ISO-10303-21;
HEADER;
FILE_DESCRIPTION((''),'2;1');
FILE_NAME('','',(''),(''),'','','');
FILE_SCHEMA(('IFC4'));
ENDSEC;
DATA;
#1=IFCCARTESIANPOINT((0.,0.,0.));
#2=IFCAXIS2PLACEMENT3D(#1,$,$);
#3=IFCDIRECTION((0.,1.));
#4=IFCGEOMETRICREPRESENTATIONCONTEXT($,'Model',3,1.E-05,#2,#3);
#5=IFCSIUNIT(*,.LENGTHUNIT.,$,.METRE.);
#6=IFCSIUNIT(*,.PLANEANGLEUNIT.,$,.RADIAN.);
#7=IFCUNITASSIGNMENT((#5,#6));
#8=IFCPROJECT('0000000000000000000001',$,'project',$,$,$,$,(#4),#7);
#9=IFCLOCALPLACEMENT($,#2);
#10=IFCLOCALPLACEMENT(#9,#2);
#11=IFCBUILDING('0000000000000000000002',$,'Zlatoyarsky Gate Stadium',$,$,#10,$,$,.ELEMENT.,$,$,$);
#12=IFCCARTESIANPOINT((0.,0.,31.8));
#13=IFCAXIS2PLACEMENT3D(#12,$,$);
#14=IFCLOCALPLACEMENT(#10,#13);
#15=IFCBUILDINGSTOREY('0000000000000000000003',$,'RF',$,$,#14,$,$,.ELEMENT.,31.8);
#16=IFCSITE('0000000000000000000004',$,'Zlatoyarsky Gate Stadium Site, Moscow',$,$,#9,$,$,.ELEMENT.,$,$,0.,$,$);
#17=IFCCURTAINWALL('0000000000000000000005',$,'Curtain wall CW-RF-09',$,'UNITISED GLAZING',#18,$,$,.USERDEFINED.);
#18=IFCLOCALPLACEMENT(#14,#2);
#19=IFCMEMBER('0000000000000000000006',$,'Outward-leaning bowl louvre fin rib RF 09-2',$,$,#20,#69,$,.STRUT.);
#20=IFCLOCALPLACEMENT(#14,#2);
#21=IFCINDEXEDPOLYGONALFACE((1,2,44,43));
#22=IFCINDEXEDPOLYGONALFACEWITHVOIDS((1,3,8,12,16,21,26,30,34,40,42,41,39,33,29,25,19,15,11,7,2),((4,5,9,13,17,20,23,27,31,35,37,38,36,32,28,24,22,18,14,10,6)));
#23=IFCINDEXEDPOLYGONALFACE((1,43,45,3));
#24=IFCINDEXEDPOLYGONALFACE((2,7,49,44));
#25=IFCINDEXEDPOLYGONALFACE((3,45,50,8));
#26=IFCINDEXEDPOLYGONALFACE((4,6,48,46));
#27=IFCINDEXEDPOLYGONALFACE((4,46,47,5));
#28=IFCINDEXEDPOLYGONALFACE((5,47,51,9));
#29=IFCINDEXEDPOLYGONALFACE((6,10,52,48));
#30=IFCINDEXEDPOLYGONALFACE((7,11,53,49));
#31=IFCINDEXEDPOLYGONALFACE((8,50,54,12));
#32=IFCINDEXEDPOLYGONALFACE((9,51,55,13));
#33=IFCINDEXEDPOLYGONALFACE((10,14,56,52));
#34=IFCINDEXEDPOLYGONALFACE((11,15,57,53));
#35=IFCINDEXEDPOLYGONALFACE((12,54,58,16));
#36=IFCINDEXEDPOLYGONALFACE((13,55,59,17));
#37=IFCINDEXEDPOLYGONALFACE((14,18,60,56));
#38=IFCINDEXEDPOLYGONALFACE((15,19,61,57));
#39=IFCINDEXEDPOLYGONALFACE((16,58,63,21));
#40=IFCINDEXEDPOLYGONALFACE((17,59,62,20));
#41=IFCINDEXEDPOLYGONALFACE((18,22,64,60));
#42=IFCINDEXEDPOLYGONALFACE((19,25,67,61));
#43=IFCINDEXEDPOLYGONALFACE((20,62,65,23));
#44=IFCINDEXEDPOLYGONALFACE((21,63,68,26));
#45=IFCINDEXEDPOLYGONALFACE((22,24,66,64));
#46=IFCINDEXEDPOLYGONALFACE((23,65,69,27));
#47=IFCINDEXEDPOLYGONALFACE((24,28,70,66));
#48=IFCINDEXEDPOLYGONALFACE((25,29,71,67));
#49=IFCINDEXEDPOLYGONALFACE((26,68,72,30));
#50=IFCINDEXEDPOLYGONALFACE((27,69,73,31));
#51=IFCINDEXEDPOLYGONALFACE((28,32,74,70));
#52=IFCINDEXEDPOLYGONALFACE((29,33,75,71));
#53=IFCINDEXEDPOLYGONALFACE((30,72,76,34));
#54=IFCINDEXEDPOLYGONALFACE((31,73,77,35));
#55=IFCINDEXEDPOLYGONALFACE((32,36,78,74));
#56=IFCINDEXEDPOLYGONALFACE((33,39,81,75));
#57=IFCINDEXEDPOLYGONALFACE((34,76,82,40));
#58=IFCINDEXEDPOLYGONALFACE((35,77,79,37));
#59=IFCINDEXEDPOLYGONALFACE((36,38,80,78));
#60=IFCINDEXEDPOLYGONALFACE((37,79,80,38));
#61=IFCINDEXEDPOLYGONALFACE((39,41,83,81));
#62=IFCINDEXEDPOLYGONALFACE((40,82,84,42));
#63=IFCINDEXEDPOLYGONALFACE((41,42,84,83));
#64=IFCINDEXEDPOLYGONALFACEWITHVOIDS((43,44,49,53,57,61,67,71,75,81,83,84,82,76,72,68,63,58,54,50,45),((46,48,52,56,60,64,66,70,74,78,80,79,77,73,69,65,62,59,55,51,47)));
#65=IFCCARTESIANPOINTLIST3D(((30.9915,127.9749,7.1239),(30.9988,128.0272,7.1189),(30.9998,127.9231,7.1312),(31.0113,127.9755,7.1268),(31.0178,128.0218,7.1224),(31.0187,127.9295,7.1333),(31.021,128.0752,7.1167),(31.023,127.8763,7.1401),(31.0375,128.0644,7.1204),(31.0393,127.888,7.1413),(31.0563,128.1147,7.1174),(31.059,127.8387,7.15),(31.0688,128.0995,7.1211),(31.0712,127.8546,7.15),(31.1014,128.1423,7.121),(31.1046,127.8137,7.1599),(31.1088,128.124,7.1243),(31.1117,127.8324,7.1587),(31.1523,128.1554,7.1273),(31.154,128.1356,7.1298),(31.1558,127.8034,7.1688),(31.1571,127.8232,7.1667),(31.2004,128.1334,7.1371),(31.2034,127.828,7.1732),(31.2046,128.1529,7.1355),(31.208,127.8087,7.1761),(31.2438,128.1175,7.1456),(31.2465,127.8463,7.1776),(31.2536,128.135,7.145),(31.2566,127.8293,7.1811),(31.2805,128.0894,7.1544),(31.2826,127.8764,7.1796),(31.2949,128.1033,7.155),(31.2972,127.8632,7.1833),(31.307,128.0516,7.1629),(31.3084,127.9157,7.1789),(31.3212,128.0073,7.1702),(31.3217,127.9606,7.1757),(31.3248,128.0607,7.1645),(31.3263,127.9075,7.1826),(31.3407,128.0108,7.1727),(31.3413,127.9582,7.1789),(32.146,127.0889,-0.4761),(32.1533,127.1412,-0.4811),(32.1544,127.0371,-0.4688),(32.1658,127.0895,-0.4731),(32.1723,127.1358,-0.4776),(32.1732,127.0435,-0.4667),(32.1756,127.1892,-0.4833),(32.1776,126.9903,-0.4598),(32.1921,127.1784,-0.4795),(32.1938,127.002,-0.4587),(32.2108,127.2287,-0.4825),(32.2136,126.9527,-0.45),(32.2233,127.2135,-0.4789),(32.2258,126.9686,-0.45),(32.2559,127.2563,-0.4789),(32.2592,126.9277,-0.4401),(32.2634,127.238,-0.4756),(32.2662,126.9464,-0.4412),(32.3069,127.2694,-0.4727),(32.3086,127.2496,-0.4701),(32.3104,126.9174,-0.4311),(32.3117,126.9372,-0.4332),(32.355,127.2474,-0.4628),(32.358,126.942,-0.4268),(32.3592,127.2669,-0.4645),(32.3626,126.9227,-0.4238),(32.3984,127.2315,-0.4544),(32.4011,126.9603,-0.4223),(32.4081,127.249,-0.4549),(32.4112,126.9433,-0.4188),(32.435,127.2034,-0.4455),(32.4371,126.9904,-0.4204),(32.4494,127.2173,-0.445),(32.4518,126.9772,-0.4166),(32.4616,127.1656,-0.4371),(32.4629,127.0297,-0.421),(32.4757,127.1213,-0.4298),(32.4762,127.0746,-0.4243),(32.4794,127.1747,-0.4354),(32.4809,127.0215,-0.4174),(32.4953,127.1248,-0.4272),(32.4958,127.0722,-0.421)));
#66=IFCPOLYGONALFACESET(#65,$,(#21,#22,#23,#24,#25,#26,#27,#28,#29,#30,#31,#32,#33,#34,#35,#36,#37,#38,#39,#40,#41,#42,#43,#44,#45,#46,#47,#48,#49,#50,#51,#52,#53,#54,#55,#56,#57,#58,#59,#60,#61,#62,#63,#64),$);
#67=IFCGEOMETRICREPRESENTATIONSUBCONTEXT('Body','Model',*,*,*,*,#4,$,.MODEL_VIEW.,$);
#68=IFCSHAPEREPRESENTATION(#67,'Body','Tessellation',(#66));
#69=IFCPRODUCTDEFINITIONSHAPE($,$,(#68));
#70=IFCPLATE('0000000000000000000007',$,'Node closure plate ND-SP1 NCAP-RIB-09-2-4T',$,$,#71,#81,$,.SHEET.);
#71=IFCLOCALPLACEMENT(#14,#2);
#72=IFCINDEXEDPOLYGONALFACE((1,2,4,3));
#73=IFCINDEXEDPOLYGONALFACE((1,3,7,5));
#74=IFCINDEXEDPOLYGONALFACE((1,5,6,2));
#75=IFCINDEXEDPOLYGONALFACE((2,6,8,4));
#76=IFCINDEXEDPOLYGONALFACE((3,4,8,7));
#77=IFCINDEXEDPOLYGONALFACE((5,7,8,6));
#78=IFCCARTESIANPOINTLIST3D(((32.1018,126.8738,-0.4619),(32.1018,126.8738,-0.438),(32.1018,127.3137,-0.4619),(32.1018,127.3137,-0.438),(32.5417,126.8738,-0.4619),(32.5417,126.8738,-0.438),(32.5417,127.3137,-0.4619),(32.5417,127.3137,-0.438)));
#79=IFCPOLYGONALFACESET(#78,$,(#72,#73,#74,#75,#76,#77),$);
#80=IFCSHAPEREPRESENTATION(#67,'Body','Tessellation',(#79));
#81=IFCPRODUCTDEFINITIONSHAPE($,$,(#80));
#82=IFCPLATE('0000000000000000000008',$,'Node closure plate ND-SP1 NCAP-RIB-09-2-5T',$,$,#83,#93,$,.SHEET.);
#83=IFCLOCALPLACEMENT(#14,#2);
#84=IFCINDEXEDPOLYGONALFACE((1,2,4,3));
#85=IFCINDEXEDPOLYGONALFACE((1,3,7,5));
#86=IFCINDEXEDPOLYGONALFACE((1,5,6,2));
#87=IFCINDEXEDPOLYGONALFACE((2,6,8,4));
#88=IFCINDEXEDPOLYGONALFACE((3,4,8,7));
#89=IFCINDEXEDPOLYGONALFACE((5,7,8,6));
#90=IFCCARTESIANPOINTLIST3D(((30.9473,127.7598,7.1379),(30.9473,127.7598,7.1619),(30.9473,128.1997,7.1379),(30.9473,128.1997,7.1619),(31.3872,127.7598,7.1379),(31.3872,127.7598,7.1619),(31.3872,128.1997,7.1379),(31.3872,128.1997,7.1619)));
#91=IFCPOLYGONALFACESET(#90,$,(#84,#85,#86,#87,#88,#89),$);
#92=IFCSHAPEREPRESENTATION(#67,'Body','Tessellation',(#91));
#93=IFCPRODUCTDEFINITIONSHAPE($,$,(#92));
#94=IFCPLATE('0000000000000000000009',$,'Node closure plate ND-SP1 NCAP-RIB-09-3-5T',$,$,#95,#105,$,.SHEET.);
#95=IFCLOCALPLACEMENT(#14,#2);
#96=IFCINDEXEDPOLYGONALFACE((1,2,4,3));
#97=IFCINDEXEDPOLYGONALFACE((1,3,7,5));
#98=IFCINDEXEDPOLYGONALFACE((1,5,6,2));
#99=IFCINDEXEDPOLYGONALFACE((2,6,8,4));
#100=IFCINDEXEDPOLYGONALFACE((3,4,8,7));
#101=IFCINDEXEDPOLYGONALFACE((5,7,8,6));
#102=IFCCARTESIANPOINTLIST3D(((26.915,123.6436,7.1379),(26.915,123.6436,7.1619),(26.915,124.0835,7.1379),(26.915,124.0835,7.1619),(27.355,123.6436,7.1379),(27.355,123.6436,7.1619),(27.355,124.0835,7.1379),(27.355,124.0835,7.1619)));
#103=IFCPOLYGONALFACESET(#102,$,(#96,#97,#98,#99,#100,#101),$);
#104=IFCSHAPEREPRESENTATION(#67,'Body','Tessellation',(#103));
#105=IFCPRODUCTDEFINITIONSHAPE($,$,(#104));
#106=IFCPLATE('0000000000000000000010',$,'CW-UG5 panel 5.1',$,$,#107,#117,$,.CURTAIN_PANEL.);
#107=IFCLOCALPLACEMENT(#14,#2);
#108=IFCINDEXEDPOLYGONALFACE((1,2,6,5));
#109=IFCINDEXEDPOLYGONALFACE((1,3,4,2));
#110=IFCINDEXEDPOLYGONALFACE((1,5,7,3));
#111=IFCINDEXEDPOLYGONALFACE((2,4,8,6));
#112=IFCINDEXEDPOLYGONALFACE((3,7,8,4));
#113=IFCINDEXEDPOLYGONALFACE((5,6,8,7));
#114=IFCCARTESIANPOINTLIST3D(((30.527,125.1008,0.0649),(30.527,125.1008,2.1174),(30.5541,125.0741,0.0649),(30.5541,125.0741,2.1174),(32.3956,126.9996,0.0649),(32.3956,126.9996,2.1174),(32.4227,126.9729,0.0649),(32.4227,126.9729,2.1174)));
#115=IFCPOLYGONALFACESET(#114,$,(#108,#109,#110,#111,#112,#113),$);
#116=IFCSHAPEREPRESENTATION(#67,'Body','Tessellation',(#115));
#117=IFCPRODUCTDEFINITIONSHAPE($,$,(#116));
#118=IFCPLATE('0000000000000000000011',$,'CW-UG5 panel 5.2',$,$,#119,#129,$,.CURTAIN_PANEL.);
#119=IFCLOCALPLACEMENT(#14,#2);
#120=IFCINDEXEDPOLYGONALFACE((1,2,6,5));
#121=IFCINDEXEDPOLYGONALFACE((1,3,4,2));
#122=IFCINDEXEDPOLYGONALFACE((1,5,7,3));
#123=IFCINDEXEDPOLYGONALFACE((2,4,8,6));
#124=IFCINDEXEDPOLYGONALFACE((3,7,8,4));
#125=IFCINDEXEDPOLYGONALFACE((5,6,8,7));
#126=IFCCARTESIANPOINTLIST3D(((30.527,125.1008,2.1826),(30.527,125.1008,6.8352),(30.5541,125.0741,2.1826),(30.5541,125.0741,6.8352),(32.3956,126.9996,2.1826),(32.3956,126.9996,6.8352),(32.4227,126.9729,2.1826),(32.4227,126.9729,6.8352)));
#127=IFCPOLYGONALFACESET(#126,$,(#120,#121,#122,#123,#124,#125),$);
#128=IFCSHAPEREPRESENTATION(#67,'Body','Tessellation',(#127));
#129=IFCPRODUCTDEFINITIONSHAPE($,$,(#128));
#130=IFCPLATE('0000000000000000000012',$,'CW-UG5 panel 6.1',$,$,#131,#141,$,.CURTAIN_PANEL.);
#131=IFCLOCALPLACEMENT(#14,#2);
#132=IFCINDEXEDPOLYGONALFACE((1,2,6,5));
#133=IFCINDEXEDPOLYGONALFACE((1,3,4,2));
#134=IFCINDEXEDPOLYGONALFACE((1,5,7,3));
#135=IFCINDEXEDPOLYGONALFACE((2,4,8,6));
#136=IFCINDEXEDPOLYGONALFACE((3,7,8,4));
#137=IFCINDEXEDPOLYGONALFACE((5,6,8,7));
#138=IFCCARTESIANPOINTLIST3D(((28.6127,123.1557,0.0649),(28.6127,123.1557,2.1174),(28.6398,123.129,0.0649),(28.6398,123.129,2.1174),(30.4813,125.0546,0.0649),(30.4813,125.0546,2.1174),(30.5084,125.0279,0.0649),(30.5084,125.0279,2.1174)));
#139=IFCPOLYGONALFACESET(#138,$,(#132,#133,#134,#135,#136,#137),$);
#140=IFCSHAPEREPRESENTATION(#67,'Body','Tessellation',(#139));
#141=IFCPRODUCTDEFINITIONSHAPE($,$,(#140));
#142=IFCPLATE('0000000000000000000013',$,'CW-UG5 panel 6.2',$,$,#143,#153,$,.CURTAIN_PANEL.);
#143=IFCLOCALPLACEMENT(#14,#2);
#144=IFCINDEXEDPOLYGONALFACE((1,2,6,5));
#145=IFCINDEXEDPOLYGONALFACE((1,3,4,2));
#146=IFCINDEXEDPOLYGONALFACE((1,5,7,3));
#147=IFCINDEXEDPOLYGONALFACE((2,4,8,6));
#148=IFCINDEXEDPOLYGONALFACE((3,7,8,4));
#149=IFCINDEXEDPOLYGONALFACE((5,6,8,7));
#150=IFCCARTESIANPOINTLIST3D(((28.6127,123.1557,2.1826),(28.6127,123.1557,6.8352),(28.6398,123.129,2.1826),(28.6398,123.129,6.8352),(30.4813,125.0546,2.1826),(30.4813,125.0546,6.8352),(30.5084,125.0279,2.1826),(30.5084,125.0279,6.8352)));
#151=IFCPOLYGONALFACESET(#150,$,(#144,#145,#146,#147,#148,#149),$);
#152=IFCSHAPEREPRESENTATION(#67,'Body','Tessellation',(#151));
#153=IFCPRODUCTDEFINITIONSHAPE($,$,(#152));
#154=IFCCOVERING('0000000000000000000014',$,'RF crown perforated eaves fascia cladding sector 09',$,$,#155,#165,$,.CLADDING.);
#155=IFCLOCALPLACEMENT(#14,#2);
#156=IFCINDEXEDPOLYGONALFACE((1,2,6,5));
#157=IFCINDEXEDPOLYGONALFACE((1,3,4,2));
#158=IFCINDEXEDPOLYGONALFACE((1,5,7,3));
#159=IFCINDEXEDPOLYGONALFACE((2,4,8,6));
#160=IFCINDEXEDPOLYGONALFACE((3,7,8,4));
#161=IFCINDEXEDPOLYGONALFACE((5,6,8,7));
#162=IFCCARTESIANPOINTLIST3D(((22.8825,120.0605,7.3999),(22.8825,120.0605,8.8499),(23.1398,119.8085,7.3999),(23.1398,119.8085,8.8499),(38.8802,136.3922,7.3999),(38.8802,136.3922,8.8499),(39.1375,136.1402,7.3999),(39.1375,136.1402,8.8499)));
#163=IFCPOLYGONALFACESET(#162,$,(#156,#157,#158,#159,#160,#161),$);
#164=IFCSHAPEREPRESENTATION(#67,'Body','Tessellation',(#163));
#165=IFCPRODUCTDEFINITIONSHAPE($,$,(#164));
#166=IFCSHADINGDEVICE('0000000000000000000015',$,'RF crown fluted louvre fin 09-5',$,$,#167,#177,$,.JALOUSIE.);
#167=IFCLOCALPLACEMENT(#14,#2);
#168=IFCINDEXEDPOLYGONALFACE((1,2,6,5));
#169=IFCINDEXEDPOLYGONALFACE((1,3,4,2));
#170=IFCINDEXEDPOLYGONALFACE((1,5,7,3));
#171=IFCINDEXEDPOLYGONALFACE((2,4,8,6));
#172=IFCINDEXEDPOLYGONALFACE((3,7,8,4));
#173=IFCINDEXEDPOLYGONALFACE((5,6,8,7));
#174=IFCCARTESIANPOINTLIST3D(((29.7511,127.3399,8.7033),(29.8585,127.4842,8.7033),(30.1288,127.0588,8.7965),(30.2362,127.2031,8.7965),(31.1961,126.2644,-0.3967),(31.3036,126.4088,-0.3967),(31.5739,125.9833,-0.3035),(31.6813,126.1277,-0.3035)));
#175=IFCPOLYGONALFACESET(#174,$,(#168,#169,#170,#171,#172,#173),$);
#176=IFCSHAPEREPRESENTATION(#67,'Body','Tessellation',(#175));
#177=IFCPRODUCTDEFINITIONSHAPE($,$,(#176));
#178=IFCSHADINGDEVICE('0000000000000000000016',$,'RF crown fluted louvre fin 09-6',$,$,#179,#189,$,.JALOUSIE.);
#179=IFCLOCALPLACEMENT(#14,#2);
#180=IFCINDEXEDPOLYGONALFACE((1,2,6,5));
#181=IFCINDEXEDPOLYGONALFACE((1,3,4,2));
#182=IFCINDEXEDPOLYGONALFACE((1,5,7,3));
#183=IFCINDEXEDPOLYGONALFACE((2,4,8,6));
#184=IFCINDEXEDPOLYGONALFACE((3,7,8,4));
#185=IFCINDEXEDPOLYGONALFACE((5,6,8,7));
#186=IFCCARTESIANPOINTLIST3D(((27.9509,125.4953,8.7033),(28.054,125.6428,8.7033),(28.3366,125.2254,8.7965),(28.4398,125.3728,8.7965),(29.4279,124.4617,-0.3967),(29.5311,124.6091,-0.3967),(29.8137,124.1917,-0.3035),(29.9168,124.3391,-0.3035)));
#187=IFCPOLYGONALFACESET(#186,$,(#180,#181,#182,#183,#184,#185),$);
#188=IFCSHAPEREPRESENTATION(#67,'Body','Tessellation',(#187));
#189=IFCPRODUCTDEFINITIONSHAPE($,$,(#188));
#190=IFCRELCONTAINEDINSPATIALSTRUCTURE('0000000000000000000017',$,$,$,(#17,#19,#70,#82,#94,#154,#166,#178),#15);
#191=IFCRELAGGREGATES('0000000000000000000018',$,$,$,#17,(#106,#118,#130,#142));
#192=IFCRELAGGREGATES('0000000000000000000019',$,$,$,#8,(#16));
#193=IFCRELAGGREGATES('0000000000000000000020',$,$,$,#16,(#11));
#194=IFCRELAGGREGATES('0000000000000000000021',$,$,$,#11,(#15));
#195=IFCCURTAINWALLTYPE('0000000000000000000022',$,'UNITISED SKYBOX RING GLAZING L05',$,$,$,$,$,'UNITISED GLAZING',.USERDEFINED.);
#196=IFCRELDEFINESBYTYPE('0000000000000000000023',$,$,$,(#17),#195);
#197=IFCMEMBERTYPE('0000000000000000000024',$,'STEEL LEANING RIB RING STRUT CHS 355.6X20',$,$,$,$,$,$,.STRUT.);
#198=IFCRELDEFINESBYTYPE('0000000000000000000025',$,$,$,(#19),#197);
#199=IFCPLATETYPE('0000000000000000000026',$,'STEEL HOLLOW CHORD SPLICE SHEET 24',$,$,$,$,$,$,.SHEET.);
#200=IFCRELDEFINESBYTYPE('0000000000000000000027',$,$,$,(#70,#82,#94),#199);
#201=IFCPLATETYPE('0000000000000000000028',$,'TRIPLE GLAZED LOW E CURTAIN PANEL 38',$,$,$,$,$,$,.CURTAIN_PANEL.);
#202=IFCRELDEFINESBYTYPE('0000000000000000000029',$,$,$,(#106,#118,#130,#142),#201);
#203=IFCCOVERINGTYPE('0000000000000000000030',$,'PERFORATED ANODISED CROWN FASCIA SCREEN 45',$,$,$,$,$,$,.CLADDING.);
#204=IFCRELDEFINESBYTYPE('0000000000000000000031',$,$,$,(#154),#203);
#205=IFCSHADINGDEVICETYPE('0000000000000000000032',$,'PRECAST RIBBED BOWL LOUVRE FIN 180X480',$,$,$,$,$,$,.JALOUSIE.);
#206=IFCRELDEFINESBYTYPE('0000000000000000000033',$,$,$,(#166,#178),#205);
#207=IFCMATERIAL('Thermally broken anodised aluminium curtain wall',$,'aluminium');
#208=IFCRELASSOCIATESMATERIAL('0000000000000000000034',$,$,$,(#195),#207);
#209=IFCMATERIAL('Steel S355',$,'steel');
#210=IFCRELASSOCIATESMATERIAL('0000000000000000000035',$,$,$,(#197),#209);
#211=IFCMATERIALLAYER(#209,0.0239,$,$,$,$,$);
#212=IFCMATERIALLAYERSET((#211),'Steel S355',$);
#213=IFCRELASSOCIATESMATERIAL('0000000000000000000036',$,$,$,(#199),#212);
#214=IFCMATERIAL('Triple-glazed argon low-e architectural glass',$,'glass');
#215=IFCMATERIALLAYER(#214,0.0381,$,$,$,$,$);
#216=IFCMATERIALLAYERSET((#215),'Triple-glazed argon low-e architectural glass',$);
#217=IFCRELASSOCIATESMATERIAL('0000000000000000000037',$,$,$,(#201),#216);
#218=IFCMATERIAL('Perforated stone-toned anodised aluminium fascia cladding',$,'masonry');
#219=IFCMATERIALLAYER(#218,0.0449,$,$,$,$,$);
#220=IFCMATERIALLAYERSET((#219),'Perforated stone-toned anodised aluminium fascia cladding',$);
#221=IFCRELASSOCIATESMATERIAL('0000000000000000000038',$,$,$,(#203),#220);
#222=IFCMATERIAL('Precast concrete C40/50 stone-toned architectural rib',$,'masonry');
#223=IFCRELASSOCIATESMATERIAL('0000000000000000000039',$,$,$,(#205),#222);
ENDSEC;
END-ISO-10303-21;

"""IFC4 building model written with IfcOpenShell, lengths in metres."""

from ifc_helpers import new_model, si_unit, direction, frame, origin, origin_2d, place, context, subcontext, project, spatial, rectangle, hollow_circle, extrude, material, layer, layer_set, material_profile, profile_set, type_object, element, aggregate, save


model = new_model("IFC4")

# Units and contexts
model_context = context("Model", 3, precision=1e-05, world=origin(), true_north=direction((0.0, 1.0)))
body_context = subcontext(model_context, "Body", "Model", "MODEL_VIEW")
ifc_project = project(units=[si_unit("LENGTHUNIT", "METRE"), si_unit("PLANEANGLEUNIT", "RADIAN")], contexts=[model_context])

# Site, building, storey
site_placement = place(None, origin())
site = spatial("IfcSite", under=ifc_project, at=site_placement, Name="Zlatoyarsky Gate Stadium Site, Moscow", CompositionType="ELEMENT", RefElevation=0.0)
building_placement = place(site_placement, origin())
building = spatial("IfcBuilding", under=site, at=building_placement, Name="Zlatoyarsky Gate Stadium", CompositionType="ELEMENT")
storey_placement = place(building_placement, frame((0.0, 0.0, 31.8)))
storey = spatial("IfcBuildingStorey", under=building, at=storey_placement, Name="RF", CompositionType="ELEMENT", Elevation=31.8)

# Curtain wall
ifc_material_1 = material(Name="Thermally broken anodised aluminium curtain wall", Category="aluminium")
curtain_wall_type = type_object("IfcCurtainWallType", Name="UNITISED SKYBOX RING GLAZING L05", ElementType="UNITISED GLAZING", PredefinedType="USERDEFINED", material=ifc_material_1)
curtain_wall_placement = place(storey_placement, origin())
curtain_wall = element("IfcCurtainWall", 1, at=curtain_wall_placement, inside=storey, type_object=curtain_wall_type, Name="Curtain wall CW-RF-09", ObjectType="UNITISED GLAZING", PredefinedType="USERDEFINED")

# Member
ifc_material_2 = material(Name="Steel S355", Category="steel")
ifc_material_profile_1 = material_profile(ifc_material_2, hollow_circle(Radius=0.1777, WallThickness=0.02, at=origin_2d()), Name="CHS 355.6X20")
ifc_profile_set_1 = profile_set([ifc_material_profile_1], Name="Steel S355")
member_type_1 = type_object("IfcMemberType", Name="STEEL LEANING RIB RING STRUT CHS 355.6X20", PredefinedType="STRUT", material=ifc_profile_set_1)
member_1_placement = place(storey_placement, frame((32.3218, 127.0938, -0.45), z_axis=(-0.149205, 0.114499, 0.982155), x_axis=(-0.608794, -0.793328, 0.0)))
element("IfcMember", 2, at=member_1_placement, inside=storey, type_object=member_type_1, Name="Outward-leaning bowl louvre fin rib RF 09-2", PredefinedType="STRUT", context=body_context, shape_type="SweptSolid", body=[
    extrude(hollow_circle(Radius=0.1777, WallThickness=0.02, at=origin_2d()), origin(), (0.0, 0.0, 1.0), 7.738),
])

# Plates
ifc_layer_1 = layer(ifc_material_2, 0.0239)
ifc_layer_set_1 = layer_set([ifc_layer_1], Name="Steel S355")
plate_type_1 = type_object("IfcPlateType", Name="STEEL HOLLOW CHORD SPLICE SHEET 24", PredefinedType="SHEET", material=ifc_layer_set_1)
for number, where, z_axis, x_axis, name in (
    (3, (32.3218, 127.0938, -0.4619), (0.0, 0.0, 1.0), (1.0, 0.0, 0.0), "Node closure plate ND-SP1 NCAP-RIB-09-2-4T"),
    (4, (31.1672, 127.9797, 7.1379), (0.0, 0.0, 1.0), (1.0, 0.0, 0.0), "Node closure plate ND-SP1 NCAP-RIB-09-2-5T"),
    (5, (27.135, 123.8635, 7.1379), (0.0, 0.0, 1.0), (1.0, 0.0, 0.0), "Node closure plate ND-SP1 NCAP-RIB-09-3-5T"),
):
    element("IfcPlate", number, at=place(storey_placement, frame(where, z_axis=z_axis, x_axis=x_axis)), inside=storey, type_object=plate_type_1, Name=name, PredefinedType="SHEET", context=body_context, shape_type="SweptSolid", body=[
        extrude(rectangle(XDim=0.4399, YDim=0.4399, at=origin_2d()), origin(), (0.0, 0.0, 1.0), 0.0239),
    ])

# Plates
ifc_material_3 = material(Name="Triple-glazed argon low-e architectural glass", Category="glass")
ifc_layer_2 = layer(ifc_material_3, 0.0381)
ifc_layer_set_2 = layer_set([ifc_layer_2], Name="Triple-glazed argon low-e architectural glass")
plate_type_2 = type_object("IfcPlateType", Name="TRIPLE GLAZED LOW E CURTAIN PANEL 38", PredefinedType="CURTAIN_PANEL", material=ifc_layer_set_2)
plate_1_placement = place(storey_placement, frame((31.4749, 126.0369, 0.0649), z_axis=(0.0, 0.0, 1.0), x_axis=(-0.701402, -0.712766, 0.0)))
plate_1 = element("IfcPlate", 6, at=plate_1_placement, type_object=plate_type_2, Name="CW-UG5 panel 5.1", PredefinedType="CURTAIN_PANEL", context=body_context, shape_type="SweptSolid", body=[
    extrude(rectangle(XDim=2.6641, YDim=0.0381, at=origin_2d()), origin(), (0.0, 0.0, 1.0), 2.0525),
])
plate_2_placement = place(storey_placement, frame((31.4749, 126.0369, 2.1826), z_axis=(0.0, 0.0, 1.0), x_axis=(-0.701402, -0.712766, 0.0)))
plate_2 = element("IfcPlate", 7, at=plate_2_placement, type_object=plate_type_2, Name="CW-UG5 panel 5.2", PredefinedType="CURTAIN_PANEL", context=body_context, shape_type="SweptSolid", body=[
    extrude(rectangle(XDim=2.6641, YDim=0.0381, at=origin_2d()), origin(), (0.0, 0.0, 1.0), 4.6526),
])
plate_3_placement = place(storey_placement, frame((29.5605, 124.0918, 0.0649), z_axis=(0.0, 0.0, 1.0), x_axis=(-0.701402, -0.712766, 0.0)))
plate_3 = element("IfcPlate", 8, at=plate_3_placement, type_object=plate_type_2, Name="CW-UG5 panel 6.1", PredefinedType="CURTAIN_PANEL", context=body_context, shape_type="SweptSolid", body=[
    extrude(rectangle(XDim=2.6641, YDim=0.0381, at=origin_2d()), origin(), (0.0, 0.0, 1.0), 2.0525),
])
plate_4_placement = place(storey_placement, frame((29.5605, 124.0918, 2.1826), z_axis=(0.0, 0.0, 1.0), x_axis=(-0.701402, -0.712766, 0.0)))
plate_4 = element("IfcPlate", 9, at=plate_4_placement, type_object=plate_type_2, Name="CW-UG5 panel 6.2", PredefinedType="CURTAIN_PANEL", context=body_context, shape_type="SweptSolid", body=[
    extrude(rectangle(XDim=2.6641, YDim=0.0381, at=origin_2d()), origin(), (0.0, 0.0, 1.0), 4.6526),
])
aggregate(curtain_wall, [plate_1, plate_2, plate_3, plate_4])

# Covering
ifc_material_4 = material(Name="Perforated stone-toned anodised aluminium fascia cladding", Category="masonry")
ifc_layer_3 = layer(ifc_material_4, 0.0449)
ifc_layer_set_3 = layer_set([ifc_layer_3], Name="Perforated stone-toned anodised aluminium fascia cladding")
covering_type = type_object("IfcCoveringType", Name="PERFORATED ANODISED CROWN FASCIA SCREEN 45", PredefinedType="CLADDING", material=ifc_layer_set_3)
covering_placement = place(storey_placement, frame((31.01, 128.1003, 7.3999), z_axis=(0.0, 0.0, 1.0), x_axis=(-0.699762, -0.714376, 0.0)))
element("IfcCovering", 10, at=covering_placement, inside=storey, type_object=covering_type, Name="RF crown perforated eaves fascia cladding sector 09", PredefinedType="CLADDING", context=body_context, shape_type="SweptSolid", body=[
    extrude(rectangle(XDim=22.8616, YDim=0.3601, at=origin_2d()), origin(), (0.0, 0.0, 1.0), 1.45),
])

# Shading devices
ifc_material_5 = material(Name="Precast concrete C40/50 stone-toned architectural rib", Category="masonry")
ifc_material_profile_2 = material_profile(ifc_material_5, rectangle(XDim=0.1799, YDim=0.48, at=origin_2d()), Name="RIB 180X480")
ifc_profile_set_2 = profile_set([ifc_material_profile_2], Name="Precast concrete C40/50 stone-toned architectural rib")
shading_device_type = type_object("IfcShadingDeviceType", Name="PRECAST RIBBED BOWL LOUVRE FIN 180X480", PredefinedType="JALOUSIE", material=ifc_profile_set_2)
shading_device_1_placement = place(storey_placement, frame((31.4387, 126.196, -0.3501), z_axis=(-0.155775, 0.115929, 0.980966), x_axis=(-0.597025, -0.802223, 0.0)))
element("IfcShadingDevice", 11, at=shading_device_1_placement, inside=storey, type_object=shading_device_type, Name="RF crown fluted louvre fin 09-5", PredefinedType="JALOUSIE", context=body_context, shape_type="SweptSolid", body=[
    extrude(rectangle(XDim=0.1799, YDim=0.48, at=origin_2d()), origin(), (0.0, 0.0, 1.0), 9.2766),
])
shading_device_2_placement = place(storey_placement, frame((29.6724, 124.4004, -0.3501), z_axis=(-0.159217, 0.111426, 0.980935), x_axis=(-0.573371, -0.819296, 0.0)))
element("IfcShadingDevice", 12, at=shading_device_2_placement, inside=storey, type_object=shading_device_type, Name="RF crown fluted louvre fin 09-6", PredefinedType="JALOUSIE", context=body_context, shape_type="SweptSolid", body=[
    extrude(rectangle(XDim=0.1799, YDim=0.48, at=origin_2d()), origin(), (0.0, 0.0, 1.0), 9.2769),
])

save(model, "model.ifc")
